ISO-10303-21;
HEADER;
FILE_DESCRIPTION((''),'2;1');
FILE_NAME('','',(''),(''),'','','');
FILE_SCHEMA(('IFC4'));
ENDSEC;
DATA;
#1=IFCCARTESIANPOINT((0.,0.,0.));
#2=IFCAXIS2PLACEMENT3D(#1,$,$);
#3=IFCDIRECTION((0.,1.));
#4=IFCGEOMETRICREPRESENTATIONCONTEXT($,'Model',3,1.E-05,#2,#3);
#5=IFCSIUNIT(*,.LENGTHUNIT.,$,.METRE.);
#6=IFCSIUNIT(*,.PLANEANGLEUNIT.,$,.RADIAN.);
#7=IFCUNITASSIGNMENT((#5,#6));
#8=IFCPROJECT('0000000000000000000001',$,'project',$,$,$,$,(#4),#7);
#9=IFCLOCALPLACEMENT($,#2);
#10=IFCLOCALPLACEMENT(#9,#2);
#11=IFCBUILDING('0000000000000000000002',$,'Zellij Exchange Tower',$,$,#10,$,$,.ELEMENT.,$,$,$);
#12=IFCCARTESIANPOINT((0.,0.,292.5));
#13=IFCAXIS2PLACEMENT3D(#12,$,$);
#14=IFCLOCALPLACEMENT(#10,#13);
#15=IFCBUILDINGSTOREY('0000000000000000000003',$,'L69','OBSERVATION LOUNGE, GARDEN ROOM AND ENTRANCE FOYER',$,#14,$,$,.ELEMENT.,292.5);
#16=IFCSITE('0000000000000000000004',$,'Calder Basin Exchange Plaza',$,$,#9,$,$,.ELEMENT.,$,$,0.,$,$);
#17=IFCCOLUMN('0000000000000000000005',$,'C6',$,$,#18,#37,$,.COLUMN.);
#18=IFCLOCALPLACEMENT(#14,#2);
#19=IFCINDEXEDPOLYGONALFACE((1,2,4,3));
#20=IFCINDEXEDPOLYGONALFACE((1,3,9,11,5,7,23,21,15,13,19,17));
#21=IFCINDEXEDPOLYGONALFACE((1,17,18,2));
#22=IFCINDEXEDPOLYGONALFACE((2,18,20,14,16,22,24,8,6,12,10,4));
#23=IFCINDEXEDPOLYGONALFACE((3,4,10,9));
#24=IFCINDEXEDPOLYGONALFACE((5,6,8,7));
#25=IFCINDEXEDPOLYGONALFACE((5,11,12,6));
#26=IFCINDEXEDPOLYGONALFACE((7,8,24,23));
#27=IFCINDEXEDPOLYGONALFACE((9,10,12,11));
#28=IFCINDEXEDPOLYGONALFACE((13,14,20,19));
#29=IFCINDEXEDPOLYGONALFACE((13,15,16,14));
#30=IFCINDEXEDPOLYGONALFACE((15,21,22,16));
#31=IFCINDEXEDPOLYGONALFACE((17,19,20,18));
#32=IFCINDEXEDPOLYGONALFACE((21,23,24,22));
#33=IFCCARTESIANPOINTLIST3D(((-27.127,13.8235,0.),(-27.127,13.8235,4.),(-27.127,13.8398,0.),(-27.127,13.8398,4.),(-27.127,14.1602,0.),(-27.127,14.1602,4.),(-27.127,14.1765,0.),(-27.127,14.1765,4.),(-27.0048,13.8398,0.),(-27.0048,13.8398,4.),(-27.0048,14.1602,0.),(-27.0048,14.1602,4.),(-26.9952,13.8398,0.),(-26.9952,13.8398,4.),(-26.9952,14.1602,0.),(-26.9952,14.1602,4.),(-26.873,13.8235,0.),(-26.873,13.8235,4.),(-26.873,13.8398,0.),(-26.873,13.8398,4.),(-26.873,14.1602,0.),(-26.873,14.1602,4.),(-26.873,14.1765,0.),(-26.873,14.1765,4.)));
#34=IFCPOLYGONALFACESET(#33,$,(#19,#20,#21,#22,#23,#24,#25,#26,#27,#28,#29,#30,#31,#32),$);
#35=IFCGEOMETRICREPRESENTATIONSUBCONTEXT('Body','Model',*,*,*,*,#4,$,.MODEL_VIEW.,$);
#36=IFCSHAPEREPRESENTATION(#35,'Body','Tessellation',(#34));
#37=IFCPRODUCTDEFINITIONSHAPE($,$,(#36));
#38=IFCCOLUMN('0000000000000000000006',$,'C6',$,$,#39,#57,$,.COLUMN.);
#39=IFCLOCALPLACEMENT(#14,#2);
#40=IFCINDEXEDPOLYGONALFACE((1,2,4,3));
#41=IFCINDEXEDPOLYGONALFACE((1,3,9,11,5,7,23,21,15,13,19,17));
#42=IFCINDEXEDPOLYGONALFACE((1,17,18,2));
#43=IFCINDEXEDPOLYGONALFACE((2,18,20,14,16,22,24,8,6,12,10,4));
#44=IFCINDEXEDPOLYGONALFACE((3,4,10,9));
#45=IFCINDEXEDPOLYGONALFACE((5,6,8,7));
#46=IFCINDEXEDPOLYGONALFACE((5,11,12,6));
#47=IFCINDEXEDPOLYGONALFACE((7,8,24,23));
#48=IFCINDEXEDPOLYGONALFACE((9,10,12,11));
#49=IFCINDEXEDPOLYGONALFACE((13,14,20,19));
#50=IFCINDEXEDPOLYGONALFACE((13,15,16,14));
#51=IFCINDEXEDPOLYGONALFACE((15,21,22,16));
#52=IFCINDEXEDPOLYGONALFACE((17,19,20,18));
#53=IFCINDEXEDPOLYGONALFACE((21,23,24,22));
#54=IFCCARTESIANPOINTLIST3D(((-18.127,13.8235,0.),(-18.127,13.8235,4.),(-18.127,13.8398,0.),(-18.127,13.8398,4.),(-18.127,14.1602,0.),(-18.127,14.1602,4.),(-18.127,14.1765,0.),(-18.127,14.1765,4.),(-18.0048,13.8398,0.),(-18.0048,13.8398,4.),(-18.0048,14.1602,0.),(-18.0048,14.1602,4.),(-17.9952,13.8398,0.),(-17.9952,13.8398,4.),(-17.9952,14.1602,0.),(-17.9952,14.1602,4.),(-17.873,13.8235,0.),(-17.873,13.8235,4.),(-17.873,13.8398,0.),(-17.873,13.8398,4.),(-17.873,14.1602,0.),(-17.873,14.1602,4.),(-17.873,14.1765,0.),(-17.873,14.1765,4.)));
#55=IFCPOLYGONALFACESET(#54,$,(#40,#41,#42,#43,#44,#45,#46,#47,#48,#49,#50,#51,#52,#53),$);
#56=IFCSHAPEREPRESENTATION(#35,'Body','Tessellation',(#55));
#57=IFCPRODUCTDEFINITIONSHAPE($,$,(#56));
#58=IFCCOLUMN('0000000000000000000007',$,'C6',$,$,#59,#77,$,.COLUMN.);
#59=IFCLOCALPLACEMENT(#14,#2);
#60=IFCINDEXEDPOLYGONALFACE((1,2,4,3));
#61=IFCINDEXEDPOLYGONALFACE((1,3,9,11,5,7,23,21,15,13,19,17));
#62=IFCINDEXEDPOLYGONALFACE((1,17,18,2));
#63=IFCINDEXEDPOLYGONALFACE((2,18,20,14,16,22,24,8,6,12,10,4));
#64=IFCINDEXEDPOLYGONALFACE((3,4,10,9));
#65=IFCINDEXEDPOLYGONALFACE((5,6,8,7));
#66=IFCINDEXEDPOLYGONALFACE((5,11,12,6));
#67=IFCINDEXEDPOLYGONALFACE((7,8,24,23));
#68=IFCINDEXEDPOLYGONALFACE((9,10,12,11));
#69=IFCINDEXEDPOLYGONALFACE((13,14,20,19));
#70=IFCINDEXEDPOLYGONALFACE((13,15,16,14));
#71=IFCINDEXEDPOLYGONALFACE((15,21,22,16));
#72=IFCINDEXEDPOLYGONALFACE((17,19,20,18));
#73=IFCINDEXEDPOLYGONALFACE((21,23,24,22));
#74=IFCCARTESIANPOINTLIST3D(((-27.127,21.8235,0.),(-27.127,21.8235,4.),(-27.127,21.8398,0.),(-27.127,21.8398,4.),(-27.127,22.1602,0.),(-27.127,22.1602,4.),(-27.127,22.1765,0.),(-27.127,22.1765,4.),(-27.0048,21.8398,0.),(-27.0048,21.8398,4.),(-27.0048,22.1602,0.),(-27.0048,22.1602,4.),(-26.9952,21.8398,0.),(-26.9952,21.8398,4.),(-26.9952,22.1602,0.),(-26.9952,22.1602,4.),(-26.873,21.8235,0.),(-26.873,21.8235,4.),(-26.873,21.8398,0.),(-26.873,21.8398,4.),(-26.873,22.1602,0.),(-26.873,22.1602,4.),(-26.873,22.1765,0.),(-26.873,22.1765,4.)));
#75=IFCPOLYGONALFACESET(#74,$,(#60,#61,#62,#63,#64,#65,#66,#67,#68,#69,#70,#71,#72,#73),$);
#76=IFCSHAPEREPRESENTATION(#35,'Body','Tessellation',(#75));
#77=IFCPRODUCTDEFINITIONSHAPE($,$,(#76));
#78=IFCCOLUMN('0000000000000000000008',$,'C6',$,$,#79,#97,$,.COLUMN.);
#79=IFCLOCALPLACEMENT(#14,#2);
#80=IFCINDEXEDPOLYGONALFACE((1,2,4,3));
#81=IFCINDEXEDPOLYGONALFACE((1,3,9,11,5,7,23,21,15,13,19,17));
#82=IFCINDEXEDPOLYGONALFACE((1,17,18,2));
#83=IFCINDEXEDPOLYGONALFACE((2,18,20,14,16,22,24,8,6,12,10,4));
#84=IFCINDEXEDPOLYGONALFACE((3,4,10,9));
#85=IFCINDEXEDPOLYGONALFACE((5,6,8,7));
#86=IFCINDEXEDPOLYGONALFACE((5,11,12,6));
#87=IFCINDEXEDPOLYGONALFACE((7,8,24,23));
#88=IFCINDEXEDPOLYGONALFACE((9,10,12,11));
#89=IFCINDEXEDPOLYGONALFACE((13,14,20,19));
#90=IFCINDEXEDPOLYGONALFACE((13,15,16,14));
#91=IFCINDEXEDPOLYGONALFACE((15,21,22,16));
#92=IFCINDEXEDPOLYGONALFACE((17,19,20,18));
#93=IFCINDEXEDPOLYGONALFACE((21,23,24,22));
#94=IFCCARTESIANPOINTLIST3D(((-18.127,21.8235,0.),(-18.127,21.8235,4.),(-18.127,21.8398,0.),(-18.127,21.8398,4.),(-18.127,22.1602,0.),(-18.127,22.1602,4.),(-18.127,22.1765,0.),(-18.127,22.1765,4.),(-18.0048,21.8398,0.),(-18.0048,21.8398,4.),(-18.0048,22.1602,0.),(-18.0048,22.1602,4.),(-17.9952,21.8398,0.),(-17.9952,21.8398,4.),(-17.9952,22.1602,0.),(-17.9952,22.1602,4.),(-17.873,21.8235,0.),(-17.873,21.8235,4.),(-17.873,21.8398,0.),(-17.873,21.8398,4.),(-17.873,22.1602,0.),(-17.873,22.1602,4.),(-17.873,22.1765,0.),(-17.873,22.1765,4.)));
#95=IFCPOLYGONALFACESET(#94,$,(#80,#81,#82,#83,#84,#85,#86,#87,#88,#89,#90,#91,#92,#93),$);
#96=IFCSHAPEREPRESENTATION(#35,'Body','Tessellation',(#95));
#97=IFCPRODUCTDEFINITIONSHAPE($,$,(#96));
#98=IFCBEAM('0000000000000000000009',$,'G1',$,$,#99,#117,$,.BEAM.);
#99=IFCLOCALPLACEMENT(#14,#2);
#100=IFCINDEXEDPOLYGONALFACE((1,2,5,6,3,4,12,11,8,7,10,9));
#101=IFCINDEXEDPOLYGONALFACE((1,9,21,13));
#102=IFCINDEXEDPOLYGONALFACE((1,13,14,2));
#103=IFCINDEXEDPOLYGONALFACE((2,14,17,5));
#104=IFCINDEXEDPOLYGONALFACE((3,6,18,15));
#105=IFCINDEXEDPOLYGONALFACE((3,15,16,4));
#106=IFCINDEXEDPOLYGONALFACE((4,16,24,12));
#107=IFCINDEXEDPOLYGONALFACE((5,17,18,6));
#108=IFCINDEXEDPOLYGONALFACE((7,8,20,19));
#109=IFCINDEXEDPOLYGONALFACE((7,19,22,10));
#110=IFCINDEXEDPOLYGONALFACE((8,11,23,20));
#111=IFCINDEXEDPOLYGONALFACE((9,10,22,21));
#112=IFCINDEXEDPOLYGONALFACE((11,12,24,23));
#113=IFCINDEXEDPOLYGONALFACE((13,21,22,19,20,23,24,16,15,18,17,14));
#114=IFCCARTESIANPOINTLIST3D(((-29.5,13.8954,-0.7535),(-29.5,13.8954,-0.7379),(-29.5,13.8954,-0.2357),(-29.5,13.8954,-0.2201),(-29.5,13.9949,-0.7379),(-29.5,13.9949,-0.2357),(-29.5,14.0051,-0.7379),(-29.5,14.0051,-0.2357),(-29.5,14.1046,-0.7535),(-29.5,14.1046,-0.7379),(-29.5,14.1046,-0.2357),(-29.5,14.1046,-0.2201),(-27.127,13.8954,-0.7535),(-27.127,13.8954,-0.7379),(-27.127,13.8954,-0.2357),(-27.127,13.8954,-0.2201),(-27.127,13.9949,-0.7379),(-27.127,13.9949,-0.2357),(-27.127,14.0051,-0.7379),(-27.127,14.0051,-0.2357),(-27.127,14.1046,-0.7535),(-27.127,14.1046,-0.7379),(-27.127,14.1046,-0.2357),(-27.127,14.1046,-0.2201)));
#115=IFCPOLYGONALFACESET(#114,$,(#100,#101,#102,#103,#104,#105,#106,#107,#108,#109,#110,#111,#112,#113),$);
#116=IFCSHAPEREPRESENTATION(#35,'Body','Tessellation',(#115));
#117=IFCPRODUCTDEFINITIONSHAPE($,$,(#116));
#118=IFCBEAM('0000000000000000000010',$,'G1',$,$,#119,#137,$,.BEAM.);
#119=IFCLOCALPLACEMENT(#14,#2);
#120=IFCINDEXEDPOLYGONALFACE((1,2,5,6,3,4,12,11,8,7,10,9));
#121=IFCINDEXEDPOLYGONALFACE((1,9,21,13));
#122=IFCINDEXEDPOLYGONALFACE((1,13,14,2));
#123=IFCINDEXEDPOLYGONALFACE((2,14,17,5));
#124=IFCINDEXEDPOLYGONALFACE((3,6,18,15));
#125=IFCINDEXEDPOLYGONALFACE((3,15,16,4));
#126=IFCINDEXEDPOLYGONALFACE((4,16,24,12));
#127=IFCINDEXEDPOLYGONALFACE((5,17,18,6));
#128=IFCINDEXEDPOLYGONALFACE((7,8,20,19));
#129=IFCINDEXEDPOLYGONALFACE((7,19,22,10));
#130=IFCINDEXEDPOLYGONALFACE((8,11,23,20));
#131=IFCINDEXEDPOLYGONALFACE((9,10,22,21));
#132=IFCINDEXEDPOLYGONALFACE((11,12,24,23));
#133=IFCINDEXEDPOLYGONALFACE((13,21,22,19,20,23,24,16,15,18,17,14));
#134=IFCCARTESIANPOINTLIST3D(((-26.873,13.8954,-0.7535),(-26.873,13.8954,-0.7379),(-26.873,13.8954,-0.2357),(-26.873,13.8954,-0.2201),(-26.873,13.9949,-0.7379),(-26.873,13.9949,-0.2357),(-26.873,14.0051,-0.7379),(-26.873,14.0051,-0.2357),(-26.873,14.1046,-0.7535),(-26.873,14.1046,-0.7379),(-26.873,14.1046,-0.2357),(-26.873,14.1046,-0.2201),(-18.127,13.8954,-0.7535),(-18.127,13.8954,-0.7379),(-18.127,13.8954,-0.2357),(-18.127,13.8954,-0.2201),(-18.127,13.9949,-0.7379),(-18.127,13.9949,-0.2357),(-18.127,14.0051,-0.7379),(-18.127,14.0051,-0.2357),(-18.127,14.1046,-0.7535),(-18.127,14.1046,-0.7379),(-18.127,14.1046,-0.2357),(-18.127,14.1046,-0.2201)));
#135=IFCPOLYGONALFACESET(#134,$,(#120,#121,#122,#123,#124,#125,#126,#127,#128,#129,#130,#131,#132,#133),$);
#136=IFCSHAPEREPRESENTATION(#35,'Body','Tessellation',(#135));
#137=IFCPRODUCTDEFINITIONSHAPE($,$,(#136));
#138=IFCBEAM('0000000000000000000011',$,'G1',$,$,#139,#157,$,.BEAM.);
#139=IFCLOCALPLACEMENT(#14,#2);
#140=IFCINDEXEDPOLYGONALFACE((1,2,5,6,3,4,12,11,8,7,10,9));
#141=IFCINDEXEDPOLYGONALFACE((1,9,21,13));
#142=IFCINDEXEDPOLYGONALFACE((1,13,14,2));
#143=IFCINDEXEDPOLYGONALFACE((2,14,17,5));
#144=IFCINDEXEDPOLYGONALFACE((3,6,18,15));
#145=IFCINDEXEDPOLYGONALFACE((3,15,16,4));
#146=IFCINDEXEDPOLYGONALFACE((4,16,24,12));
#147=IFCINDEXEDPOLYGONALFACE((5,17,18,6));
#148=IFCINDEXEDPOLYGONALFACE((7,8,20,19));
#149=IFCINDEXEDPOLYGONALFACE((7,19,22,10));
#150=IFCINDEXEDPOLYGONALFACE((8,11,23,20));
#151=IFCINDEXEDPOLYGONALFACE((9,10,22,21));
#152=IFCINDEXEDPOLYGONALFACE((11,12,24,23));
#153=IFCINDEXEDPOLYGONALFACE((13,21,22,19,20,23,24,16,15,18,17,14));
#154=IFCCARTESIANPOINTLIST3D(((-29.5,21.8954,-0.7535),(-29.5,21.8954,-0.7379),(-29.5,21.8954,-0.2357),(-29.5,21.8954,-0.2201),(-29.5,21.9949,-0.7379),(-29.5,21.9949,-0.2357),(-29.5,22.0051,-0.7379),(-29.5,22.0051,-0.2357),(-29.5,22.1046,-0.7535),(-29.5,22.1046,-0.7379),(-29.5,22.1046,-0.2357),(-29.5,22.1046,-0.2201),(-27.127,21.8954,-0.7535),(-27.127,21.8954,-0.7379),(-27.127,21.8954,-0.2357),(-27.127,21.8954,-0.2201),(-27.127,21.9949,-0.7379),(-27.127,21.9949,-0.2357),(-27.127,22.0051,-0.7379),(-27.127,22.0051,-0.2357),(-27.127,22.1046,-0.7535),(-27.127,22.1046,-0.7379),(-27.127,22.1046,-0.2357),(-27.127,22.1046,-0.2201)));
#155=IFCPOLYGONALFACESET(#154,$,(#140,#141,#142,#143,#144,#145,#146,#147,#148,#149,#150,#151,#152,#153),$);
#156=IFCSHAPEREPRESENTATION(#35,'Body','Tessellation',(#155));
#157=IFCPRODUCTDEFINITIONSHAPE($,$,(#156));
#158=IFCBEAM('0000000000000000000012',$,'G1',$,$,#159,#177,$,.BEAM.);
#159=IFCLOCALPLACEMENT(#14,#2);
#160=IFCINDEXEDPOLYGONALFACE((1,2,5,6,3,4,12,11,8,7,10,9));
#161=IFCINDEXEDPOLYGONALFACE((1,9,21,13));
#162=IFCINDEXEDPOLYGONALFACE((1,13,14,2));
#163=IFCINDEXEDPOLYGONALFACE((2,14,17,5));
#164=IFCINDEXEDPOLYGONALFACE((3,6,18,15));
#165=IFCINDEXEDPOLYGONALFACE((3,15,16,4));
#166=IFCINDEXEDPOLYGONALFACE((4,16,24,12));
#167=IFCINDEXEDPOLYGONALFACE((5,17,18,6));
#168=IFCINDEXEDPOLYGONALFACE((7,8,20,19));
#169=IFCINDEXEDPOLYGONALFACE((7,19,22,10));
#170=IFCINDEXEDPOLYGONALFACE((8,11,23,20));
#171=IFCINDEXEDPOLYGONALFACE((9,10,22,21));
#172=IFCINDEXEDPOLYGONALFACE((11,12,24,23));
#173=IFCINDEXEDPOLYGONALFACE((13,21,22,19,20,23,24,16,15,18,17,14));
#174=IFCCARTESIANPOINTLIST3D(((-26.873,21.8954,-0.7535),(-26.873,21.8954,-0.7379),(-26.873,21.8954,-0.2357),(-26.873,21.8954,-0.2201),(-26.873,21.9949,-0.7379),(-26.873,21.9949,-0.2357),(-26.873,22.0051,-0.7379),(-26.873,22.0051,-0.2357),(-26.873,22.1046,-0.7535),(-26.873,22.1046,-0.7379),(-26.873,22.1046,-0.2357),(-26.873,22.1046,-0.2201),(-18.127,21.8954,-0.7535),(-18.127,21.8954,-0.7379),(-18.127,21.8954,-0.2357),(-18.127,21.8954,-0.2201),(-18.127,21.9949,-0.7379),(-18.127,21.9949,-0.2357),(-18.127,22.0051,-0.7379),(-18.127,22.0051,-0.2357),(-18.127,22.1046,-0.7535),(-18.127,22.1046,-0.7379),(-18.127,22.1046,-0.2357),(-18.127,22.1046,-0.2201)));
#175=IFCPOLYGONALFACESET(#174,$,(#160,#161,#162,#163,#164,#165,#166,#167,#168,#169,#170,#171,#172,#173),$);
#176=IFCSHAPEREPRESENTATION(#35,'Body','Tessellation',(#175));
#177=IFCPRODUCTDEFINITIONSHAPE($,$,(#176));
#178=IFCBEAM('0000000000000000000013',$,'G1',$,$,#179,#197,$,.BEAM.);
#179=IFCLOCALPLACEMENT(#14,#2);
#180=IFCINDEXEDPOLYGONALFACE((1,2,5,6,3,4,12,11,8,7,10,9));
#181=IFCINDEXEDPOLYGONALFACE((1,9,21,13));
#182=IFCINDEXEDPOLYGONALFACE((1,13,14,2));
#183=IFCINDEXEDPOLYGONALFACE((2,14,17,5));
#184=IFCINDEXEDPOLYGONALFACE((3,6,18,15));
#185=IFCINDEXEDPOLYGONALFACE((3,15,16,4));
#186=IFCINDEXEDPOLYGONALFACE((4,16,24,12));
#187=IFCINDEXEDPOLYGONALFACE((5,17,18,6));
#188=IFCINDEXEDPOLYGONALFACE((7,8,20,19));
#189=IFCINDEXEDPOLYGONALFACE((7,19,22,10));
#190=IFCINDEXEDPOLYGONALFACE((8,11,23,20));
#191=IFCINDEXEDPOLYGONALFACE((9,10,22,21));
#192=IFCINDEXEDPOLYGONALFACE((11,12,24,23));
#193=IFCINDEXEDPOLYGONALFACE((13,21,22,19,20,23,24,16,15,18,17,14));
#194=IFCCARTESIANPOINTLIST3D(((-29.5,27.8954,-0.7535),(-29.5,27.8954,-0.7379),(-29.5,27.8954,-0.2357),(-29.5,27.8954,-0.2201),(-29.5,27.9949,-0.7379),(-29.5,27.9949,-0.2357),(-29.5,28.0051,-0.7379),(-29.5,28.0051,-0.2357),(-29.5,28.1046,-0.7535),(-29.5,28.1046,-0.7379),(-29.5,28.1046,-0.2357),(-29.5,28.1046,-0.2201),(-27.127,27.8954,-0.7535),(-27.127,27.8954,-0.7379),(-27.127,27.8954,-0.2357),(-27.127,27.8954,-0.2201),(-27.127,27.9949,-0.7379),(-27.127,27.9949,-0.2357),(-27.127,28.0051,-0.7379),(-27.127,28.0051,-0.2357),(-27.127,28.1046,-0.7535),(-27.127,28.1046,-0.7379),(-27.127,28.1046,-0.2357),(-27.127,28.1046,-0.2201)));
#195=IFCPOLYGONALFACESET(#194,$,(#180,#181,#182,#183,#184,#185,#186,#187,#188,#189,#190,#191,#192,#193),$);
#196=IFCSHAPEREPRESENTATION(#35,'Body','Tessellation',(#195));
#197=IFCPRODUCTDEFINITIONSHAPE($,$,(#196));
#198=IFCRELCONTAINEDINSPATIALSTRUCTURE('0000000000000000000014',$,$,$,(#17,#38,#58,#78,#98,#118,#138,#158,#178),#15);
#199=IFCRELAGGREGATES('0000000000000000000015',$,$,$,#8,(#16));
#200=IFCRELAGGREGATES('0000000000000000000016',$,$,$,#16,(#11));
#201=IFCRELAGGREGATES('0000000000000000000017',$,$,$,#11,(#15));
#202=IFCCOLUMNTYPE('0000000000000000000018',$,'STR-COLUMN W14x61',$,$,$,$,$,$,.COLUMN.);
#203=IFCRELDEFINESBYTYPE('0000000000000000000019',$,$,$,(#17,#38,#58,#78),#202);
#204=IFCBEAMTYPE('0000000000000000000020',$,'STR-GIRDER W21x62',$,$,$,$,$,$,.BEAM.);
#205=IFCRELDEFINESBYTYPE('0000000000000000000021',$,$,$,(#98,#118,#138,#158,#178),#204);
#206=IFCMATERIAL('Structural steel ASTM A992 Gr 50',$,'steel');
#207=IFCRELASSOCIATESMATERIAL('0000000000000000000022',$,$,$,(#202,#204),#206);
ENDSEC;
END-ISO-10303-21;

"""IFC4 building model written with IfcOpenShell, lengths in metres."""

from ifc_helpers import new_model, si_unit, direction, frame, origin, origin_2d, place, context, subcontext, project, spatial, i_section, extrude, material, material_profile, profile_set, type_object, element, save


model = new_model("IFC4")

# Units and contexts
model_context = context("Model", 3, precision=1e-05, world=origin(), true_north=direction((0.0, 1.0)))
body_context = subcontext(model_context, "Body", "Model", "MODEL_VIEW")
ifc_project = project(units=[si_unit("LENGTHUNIT", "METRE"), si_unit("PLANEANGLEUNIT", "RADIAN")], contexts=[model_context])

# Site, building, storey
site_placement = place(None, origin())
site = spatial("IfcSite", under=ifc_project, at=site_placement, Name="Calder Basin Exchange Plaza", CompositionType="ELEMENT", RefElevation=0.0)
building_placement = place(site_placement, origin())
building = spatial("IfcBuilding", under=site, at=building_placement, Name="Zellij Exchange Tower", CompositionType="ELEMENT")
storey_placement = place(building_placement, frame((0.0, 0.0, 292.5)))
storey = spatial("IfcBuildingStorey", under=building, at=storey_placement, Name="L69", Description="OBSERVATION LOUNGE, GARDEN ROOM AND ENTRANCE FOYER", CompositionType="ELEMENT", Elevation=292.5)

# Columns
ifc_material_1 = material(Name="Structural steel ASTM A992 Gr 50", Category="steel")
ifc_material_profile_1 = material_profile(ifc_material_1, i_section(OverallWidth=0.2539, OverallDepth=0.353, WebThickness=0.0095, FlangeThickness=0.0164, at=origin_2d()), Name="W14x61")
ifc_profile_set_1 = profile_set([ifc_material_profile_1], Name="Structural steel ASTM A992 Gr 50")
column_type = type_object("IfcColumnType", Name="STR-COLUMN W14x61", PredefinedType="COLUMN", material=ifc_profile_set_1)
for number, where, z_axis, x_axis, name in (
    (1, (-27.0, 14.0, 0.0), (0.0, 0.0, 1.0), (1.0, 0.0, 0.0), "C6"),
    (2, (-18.0, 14.0, 0.0), (0.0, 0.0, 1.0), (1.0, 0.0, 0.0), "C6"),
    (3, (-27.0, 22.0, 0.0), (0.0, 0.0, 1.0), (1.0, 0.0, 0.0), "C6"),
    (4, (-18.0, 22.0, 0.0), (0.0, 0.0, 1.0), (1.0, 0.0, 0.0), "C6"),
):
    element("IfcColumn", number, at=place(storey_placement, frame(where, z_axis=z_axis, x_axis=x_axis)), inside=storey, type_object=column_type, Name=name, PredefinedType="COLUMN", context=body_context, shape_type="SweptSolid", body=[
        extrude(i_section(OverallWidth=0.2539, OverallDepth=0.353, WebThickness=0.0095, FlangeThickness=0.0164, at=origin_2d()), origin(), (0.0, 0.0, 1.0), 4.0),
    ])

# Beams
ifc_material_profile_2 = material_profile(ifc_material_1, i_section(OverallWidth=0.2092, OverallDepth=0.5334, WebThickness=0.0103, FlangeThickness=0.0156, at=origin_2d()), Name="W21x62")
ifc_profile_set_2 = profile_set([ifc_material_profile_2], Name="Structural steel ASTM A992 Gr 50")
beam_type = type_object("IfcBeamType", Name="STR-GIRDER W21x62", PredefinedType="BEAM", material=ifc_profile_set_2)
beam_1_placement = place(storey_placement, frame((-29.5, 14.0, -0.4868), z_axis=(1.0, 0.0, 0.0), x_axis=(0.0, 1.0, 0.0)))
element("IfcBeam", 5, at=beam_1_placement, inside=storey, type_object=beam_type, Name="G1", PredefinedType="BEAM", context=body_context, shape_type="SweptSolid", body=[
    extrude(i_section(OverallWidth=0.2092, OverallDepth=0.5334, WebThickness=0.0103, FlangeThickness=0.0156, at=origin_2d()), origin(), (0.0, 0.0, 1.0), 2.373),
])
beam_2_placement = place(storey_placement, frame((-26.873, 14.0, -0.4868), z_axis=(1.0, 0.0, 0.0), x_axis=(0.0, 1.0, 0.0)))
element("IfcBeam", 6, at=beam_2_placement, inside=storey, type_object=beam_type, Name="G1", PredefinedType="BEAM", context=body_context, shape_type="SweptSolid", body=[
    extrude(i_section(OverallWidth=0.2092, OverallDepth=0.5334, WebThickness=0.0103, FlangeThickness=0.0156, at=origin_2d()), origin(), (0.0, 0.0, 1.0), 8.7461),
])
beam_3_placement = place(storey_placement, frame((-29.5, 22.0, -0.4868), z_axis=(1.0, 0.0, 0.0), x_axis=(0.0, 1.0, 0.0)))
element("IfcBeam", 7, at=beam_3_placement, inside=storey, type_object=beam_type, Name="G1", PredefinedType="BEAM", context=body_context, shape_type="SweptSolid", body=[
    extrude(i_section(OverallWidth=0.2092, OverallDepth=0.5334, WebThickness=0.0103, FlangeThickness=0.0156, at=origin_2d()), origin(), (0.0, 0.0, 1.0), 2.373),
])
beam_4_placement = place(storey_placement, frame((-26.873, 22.0, -0.4868), z_axis=(1.0, 0.0, 0.0), x_axis=(0.0, 1.0, 0.0)))
element("IfcBeam", 8, at=beam_4_placement, inside=storey, type_object=beam_type, Name="G1", PredefinedType="BEAM", context=body_context, shape_type="SweptSolid", body=[
    extrude(i_section(OverallWidth=0.2092, OverallDepth=0.5334, WebThickness=0.0103, FlangeThickness=0.0156, at=origin_2d()), origin(), (0.0, 0.0, 1.0), 8.7461),
])
beam_5_placement = place(storey_placement, frame((-29.5, 28.0, -0.4868), z_axis=(1.0, 0.0, 0.0), x_axis=(0.0, 1.0, 0.0)))
element("IfcBeam", 9, at=beam_5_placement, inside=storey, type_object=beam_type, Name="G1", PredefinedType="BEAM", context=body_context, shape_type="SweptSolid", body=[
    extrude(i_section(OverallWidth=0.2092, OverallDepth=0.5334, WebThickness=0.0103, FlangeThickness=0.0156, at=origin_2d()), origin(), (0.0, 0.0, 1.0), 2.373),
])

save(model, "model.ifc")
